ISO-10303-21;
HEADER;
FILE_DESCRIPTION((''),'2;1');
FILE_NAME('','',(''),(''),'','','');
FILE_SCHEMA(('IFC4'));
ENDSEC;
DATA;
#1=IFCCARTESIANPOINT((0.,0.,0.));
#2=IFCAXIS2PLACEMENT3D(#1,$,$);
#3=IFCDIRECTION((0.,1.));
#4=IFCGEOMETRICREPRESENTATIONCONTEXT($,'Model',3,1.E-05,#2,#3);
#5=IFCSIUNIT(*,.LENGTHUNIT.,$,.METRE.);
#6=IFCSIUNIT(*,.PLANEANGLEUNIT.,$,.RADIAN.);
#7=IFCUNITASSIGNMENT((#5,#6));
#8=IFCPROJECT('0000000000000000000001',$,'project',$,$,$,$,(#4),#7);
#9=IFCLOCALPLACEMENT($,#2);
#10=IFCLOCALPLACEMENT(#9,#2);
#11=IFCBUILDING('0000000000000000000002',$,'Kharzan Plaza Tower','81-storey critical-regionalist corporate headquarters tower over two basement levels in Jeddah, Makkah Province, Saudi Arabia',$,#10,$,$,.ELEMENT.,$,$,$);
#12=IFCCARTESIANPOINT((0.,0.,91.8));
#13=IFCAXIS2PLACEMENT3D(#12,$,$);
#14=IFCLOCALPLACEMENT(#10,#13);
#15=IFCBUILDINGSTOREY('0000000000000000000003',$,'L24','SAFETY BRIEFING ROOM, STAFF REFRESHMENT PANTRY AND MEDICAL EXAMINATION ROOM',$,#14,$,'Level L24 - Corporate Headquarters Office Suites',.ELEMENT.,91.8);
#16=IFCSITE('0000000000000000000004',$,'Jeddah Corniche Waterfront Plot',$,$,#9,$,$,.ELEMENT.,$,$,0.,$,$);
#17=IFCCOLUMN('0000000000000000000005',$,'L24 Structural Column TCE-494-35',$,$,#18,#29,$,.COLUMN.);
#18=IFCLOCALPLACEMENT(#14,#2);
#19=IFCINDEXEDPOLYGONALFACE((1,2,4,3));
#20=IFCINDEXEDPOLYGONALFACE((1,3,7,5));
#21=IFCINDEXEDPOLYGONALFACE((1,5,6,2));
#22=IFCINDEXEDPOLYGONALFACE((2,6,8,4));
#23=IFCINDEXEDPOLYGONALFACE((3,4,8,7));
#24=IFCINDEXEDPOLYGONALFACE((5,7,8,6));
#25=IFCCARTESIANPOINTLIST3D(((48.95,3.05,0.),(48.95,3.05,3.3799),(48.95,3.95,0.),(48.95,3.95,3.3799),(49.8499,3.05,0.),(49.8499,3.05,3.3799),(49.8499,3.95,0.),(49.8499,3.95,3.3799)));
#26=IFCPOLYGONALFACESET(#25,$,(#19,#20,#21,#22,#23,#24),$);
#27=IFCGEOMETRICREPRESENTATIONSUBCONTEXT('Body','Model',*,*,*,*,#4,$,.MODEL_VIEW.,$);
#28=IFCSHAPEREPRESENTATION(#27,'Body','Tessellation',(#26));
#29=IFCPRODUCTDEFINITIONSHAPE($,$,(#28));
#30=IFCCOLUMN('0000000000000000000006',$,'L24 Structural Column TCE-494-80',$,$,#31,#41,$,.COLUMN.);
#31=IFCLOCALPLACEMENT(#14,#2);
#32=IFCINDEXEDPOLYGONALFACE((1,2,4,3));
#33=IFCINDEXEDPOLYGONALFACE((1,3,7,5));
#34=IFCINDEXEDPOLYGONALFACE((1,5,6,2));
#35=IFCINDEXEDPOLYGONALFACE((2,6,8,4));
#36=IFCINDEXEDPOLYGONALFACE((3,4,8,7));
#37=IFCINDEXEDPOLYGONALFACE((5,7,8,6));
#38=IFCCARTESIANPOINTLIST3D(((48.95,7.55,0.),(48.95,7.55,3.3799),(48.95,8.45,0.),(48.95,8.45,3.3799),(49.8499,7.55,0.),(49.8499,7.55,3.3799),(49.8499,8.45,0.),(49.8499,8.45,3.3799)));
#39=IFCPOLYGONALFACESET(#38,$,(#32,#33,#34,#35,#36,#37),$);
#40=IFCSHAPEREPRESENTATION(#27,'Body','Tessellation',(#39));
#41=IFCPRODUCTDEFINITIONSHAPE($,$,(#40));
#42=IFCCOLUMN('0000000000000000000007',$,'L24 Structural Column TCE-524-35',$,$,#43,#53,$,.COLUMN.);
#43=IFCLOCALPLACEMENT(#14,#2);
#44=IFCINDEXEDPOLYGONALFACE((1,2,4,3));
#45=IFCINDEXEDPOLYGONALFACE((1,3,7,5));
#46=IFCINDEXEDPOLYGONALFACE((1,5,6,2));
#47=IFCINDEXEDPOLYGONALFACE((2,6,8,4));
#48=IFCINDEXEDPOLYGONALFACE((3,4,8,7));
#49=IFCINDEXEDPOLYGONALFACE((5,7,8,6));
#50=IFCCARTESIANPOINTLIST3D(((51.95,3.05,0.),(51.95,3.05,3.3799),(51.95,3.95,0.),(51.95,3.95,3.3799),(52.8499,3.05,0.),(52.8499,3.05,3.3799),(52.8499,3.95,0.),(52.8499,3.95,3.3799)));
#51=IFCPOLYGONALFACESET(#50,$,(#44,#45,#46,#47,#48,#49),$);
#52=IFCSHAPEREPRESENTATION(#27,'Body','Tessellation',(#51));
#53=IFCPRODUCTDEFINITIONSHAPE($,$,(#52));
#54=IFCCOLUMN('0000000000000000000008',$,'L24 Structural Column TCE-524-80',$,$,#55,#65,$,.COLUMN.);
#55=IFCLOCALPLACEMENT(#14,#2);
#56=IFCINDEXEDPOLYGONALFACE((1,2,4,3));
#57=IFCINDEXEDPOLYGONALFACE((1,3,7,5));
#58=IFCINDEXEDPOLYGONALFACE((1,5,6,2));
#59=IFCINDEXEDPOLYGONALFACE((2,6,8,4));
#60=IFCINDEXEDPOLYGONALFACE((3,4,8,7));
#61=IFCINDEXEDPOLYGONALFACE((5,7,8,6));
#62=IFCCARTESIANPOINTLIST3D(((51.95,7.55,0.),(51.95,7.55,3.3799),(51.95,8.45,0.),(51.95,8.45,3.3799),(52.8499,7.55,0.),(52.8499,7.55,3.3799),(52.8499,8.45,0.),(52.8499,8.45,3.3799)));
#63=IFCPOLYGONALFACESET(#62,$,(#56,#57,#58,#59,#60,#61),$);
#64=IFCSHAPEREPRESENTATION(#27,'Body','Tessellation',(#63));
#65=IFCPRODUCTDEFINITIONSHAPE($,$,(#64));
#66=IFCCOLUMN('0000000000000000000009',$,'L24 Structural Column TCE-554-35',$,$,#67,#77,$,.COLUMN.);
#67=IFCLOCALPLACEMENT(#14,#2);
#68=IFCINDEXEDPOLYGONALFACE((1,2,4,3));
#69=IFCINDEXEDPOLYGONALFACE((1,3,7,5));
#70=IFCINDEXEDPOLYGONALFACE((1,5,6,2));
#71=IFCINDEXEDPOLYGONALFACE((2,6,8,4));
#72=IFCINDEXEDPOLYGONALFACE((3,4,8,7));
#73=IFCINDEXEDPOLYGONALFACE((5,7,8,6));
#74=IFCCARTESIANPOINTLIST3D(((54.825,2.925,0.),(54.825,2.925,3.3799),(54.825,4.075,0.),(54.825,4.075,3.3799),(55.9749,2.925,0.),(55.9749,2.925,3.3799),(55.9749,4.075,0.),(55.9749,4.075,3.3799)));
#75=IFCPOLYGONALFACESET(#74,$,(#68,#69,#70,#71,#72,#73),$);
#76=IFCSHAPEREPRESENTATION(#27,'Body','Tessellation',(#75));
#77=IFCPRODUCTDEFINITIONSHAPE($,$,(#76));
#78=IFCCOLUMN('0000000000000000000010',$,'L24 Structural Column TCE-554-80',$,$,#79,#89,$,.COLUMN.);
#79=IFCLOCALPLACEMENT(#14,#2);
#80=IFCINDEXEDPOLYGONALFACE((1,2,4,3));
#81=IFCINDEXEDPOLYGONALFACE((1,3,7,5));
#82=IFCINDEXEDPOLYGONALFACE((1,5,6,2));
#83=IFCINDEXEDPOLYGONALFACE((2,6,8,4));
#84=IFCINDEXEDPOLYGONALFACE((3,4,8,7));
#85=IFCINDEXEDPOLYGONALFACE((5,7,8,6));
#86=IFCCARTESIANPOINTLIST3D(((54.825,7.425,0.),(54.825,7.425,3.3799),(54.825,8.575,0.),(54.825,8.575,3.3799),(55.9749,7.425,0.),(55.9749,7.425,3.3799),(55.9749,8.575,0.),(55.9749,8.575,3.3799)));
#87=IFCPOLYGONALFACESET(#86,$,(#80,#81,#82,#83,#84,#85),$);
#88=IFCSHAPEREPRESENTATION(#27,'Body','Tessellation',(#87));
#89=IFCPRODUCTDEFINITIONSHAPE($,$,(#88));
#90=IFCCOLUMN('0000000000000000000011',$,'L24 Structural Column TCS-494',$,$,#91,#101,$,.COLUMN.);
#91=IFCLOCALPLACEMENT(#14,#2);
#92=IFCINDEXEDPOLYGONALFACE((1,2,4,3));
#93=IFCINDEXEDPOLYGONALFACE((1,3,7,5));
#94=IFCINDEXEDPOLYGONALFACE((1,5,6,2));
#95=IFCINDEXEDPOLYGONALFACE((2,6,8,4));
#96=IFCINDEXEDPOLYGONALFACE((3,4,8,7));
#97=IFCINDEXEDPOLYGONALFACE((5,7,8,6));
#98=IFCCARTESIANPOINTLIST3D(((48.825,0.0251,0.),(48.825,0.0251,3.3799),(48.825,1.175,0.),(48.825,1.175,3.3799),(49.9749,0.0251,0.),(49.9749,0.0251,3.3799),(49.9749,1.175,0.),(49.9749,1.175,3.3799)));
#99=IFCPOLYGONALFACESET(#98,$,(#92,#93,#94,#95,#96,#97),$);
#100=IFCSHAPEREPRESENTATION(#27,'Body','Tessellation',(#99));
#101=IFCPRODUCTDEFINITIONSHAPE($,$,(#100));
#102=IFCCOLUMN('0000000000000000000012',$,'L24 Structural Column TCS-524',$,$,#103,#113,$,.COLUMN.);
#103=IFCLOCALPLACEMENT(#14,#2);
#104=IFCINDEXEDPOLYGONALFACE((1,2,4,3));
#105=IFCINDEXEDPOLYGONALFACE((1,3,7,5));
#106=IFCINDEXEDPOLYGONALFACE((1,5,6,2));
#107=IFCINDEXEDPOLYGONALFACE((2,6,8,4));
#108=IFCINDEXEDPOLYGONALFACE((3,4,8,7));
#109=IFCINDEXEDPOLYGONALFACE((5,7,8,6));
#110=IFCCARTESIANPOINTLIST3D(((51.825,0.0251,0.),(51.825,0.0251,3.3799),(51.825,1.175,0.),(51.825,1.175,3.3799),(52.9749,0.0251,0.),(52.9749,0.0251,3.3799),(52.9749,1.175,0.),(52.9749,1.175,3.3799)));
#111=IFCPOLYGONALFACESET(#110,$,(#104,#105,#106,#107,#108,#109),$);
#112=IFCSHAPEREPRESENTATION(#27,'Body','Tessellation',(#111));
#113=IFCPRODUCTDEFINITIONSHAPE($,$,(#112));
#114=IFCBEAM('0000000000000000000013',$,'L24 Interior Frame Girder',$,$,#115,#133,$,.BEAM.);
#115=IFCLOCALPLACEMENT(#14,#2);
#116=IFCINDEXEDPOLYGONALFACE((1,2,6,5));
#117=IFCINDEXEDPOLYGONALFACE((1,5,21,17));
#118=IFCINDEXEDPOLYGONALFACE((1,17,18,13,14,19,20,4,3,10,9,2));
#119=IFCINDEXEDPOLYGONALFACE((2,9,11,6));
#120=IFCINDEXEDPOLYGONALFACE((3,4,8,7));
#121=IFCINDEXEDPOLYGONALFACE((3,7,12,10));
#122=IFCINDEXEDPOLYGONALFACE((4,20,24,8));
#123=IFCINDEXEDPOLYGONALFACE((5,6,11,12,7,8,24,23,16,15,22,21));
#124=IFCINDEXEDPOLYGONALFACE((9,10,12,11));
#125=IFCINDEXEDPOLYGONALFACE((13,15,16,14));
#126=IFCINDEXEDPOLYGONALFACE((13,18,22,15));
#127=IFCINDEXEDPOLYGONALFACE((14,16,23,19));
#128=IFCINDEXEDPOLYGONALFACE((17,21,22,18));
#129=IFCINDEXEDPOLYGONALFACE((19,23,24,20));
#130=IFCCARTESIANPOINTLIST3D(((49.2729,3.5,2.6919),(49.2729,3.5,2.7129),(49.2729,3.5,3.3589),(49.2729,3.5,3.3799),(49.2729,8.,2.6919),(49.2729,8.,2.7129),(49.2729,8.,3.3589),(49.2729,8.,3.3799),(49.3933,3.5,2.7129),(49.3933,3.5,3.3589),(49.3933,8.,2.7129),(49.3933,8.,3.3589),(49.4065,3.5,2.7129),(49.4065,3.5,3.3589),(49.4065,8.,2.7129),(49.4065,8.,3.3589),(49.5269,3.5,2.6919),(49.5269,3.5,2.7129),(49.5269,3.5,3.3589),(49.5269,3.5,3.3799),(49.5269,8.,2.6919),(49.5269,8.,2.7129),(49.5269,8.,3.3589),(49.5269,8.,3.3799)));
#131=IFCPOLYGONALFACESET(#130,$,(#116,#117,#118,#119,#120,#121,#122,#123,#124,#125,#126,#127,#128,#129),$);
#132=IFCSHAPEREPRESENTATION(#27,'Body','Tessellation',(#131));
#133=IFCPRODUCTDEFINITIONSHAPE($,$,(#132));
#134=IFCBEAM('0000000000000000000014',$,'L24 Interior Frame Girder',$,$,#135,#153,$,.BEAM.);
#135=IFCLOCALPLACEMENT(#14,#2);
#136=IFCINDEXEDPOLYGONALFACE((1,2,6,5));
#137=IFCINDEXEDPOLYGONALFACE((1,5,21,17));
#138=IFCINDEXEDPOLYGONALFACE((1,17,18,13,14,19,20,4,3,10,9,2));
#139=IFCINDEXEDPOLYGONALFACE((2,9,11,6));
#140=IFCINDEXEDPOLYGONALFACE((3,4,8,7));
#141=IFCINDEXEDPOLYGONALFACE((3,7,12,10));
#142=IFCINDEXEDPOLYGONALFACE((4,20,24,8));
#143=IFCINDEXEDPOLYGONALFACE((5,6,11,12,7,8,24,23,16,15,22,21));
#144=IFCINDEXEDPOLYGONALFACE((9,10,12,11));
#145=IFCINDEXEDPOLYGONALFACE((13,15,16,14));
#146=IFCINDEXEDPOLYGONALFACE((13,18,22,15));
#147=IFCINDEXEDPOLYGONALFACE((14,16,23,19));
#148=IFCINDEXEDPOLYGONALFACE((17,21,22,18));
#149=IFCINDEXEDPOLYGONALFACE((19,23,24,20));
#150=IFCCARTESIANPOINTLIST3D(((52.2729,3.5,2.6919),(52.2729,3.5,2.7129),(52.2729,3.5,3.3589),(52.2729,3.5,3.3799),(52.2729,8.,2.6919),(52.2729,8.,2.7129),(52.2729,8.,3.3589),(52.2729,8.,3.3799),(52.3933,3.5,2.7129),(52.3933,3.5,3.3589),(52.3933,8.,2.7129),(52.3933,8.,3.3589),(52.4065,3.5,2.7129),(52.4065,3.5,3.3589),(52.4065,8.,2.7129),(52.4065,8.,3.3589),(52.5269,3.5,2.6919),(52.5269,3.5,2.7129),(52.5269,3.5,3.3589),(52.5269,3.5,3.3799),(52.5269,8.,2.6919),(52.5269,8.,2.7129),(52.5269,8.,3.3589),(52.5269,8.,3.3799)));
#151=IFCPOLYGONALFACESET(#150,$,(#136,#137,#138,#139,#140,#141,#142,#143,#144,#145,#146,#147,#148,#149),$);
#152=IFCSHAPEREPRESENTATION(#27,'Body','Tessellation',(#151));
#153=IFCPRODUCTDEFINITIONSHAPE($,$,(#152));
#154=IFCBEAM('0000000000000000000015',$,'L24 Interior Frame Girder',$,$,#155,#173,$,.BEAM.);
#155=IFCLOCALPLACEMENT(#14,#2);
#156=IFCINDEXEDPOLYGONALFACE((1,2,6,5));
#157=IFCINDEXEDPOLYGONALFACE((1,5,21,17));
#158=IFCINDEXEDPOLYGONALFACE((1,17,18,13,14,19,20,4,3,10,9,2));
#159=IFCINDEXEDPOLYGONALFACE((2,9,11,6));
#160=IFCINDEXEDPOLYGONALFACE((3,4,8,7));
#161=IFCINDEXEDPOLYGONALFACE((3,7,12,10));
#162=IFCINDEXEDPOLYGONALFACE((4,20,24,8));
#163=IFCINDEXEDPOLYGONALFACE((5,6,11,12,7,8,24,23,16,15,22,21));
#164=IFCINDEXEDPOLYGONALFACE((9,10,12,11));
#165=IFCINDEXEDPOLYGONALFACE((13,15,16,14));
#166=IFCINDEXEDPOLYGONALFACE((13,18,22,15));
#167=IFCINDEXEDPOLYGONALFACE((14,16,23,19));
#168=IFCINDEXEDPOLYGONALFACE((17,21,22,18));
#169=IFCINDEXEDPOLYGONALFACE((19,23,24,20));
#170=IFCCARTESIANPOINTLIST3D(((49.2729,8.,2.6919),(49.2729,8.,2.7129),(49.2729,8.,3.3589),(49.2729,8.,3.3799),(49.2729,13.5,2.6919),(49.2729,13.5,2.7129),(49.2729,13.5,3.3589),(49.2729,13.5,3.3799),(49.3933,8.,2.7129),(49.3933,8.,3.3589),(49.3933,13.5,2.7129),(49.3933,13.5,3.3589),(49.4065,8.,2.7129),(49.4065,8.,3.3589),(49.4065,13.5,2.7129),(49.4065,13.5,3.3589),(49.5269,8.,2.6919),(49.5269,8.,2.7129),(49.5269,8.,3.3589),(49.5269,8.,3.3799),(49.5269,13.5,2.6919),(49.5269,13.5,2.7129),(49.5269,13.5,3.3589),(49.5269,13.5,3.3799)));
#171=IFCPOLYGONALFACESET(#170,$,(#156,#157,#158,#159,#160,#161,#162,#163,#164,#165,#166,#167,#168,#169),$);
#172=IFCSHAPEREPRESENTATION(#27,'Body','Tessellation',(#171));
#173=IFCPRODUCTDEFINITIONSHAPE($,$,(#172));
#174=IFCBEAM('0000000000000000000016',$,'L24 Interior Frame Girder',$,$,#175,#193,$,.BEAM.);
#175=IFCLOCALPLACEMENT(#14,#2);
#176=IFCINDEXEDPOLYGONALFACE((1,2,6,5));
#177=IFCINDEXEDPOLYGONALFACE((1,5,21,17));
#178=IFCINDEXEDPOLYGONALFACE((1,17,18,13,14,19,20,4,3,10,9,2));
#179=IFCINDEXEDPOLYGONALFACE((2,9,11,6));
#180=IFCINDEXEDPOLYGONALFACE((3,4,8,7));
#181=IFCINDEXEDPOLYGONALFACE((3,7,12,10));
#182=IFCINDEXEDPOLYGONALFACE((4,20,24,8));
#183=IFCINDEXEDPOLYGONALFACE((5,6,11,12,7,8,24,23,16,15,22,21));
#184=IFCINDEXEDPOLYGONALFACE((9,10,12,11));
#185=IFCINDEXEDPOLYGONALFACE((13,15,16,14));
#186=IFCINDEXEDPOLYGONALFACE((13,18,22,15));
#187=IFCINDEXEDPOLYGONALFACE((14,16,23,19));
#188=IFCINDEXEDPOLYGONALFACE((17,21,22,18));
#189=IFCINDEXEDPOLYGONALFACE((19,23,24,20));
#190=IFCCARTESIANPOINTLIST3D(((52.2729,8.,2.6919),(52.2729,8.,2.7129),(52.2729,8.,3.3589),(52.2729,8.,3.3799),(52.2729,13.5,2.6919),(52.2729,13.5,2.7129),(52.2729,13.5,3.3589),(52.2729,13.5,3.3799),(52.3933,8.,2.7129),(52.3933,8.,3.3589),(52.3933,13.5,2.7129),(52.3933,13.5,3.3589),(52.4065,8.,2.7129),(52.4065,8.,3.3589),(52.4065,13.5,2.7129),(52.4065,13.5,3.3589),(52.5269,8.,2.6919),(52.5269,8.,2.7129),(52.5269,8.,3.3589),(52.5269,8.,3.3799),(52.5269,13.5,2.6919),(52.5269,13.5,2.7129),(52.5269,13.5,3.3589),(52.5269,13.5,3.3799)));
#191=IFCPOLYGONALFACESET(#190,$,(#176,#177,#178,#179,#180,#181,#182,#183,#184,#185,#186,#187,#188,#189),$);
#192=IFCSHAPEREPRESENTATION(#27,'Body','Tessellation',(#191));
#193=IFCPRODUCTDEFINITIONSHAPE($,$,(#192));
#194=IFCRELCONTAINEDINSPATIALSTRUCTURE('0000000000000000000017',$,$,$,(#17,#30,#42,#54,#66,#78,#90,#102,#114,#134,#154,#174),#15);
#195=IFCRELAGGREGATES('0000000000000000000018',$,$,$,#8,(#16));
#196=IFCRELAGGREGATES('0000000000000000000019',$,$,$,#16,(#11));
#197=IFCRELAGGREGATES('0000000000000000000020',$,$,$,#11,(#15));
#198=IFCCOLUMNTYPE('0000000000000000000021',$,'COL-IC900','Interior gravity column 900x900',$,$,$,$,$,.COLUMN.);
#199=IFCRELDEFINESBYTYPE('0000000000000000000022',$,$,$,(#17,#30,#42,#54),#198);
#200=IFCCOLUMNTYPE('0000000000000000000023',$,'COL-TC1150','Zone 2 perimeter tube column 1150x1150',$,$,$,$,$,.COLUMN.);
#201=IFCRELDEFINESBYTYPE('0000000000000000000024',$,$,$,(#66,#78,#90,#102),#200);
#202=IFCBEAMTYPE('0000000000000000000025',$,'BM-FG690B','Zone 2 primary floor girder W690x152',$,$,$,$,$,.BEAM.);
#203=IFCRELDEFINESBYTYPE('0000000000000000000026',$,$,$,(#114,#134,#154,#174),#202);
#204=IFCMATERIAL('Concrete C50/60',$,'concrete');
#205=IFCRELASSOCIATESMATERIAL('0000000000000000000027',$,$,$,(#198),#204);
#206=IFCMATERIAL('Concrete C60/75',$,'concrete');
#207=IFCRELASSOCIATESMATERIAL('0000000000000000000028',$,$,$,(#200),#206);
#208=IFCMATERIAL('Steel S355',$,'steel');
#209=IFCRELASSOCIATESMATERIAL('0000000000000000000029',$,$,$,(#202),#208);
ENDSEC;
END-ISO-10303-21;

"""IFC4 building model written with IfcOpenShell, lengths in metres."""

from ifc_helpers import new_model, si_unit, direction, frame, origin, origin_2d, place, context, subcontext, project, spatial, rectangle, i_section, extrude, source, transform, mapped, material, material_profile, profile_set, type_object, element, save


model = new_model("IFC4")

# Units and contexts
model_context = context("Model", 3, precision=1e-05, world=origin(), true_north=direction((0.0, 1.0)))
body_context = subcontext(model_context, "Body", "Model", "MODEL_VIEW")
ifc_project = project(units=[si_unit("LENGTHUNIT", "METRE"), si_unit("PLANEANGLEUNIT", "RADIAN")], contexts=[model_context])

# Site, building, storey
site_placement = place(None, origin())
site = spatial("IfcSite", under=ifc_project, at=site_placement, Name="Jeddah Corniche Waterfront Plot", CompositionType="ELEMENT", RefElevation=0.0)
building_placement = place(site_placement, origin())
building = spatial("IfcBuilding", under=site, at=building_placement, Name="Kharzan Plaza Tower", Description="81-storey critical-regionalist corporate headquarters tower over two basement levels in Jeddah, Makkah Province, Saudi Arabia", CompositionType="ELEMENT")
storey_placement = place(building_placement, frame((0.0, 0.0, 91.8)))
storey = spatial("IfcBuildingStorey", under=building, at=storey_placement, Name="L24", Description="SAFETY BRIEFING ROOM, STAFF REFRESHMENT PANTRY AND MEDICAL EXAMINATION ROOM", LongName="Level L24 - Corporate Headquarters Office Suites", CompositionType="ELEMENT", Elevation=91.8)

# Columns
ifc_material_1 = material(Name="Concrete C50/60", Category="concrete")
ifc_material_profile_1 = material_profile(ifc_material_1, rectangle(XDim=0.8999, YDim=0.8999, at=origin_2d()), Name="RC-IC900x900")
ifc_profile_set_1 = profile_set([ifc_material_profile_1], Name="Concrete C50/60")
column_type_1 = type_object("IfcColumnType", Name="COL-IC900", Description="Interior gravity column 900x900", PredefinedType="COLUMN", material=ifc_profile_set_1)
shared_shape_1 = source(origin(), body_context, "Body", "SweptSolid", [
    extrude(rectangle(XDim=0.8999, YDim=0.8999, at=origin_2d()), origin(), (0.0, 0.0, 1.0), 3.3799),
])
for number, where, z_axis, x_axis, name in (
    (1, (49.3999, 3.5, 0.0), (0.0, 0.0, 1.0), (1.0, 0.0, 0.0), "L24 Structural Column TCE-494-35"),
    (2, (49.3999, 8.0, 0.0), (0.0, 0.0, 1.0), (1.0, 0.0, 0.0), "L24 Structural Column TCE-494-80"),
    (3, (52.3999, 3.5, 0.0), (0.0, 0.0, 1.0), (1.0, 0.0, 0.0), "L24 Structural Column TCE-524-35"),
    (4, (52.3999, 8.0, 0.0), (0.0, 0.0, 1.0), (1.0, 0.0, 0.0), "L24 Structural Column TCE-524-80"),
):
    element("IfcColumn", number, at=place(storey_placement, frame(where, z_axis=z_axis, x_axis=x_axis)), inside=storey, type_object=column_type_1, Name=name, PredefinedType="COLUMN", context=body_context, shape_type="MappedRepresentation", body=[
        mapped(shared_shape_1, transform((0.0, 0.0, 0.0), x_axis=(1.0, 0.0, 0.0), y_axis=(0.0, 1.0, 0.0), z_axis=(0.0, 0.0, 1.0))),
    ])
ifc_material_2 = material(Name="Concrete C60/75", Category="concrete")
ifc_material_profile_2 = material_profile(ifc_material_2, rectangle(XDim=1.1499, YDim=1.1499, at=origin_2d()), Name="RC-TC1150x1150")
ifc_profile_set_2 = profile_set([ifc_material_profile_2], Name="Concrete C60/75")
column_type_2 = type_object("IfcColumnType", Name="COL-TC1150", Description="Zone 2 perimeter tube column 1150x1150", PredefinedType="COLUMN", material=ifc_profile_set_2)
shared_shape_2 = source(origin(), body_context, "Body", "SweptSolid", [
    extrude(rectangle(XDim=1.1499, YDim=1.1499, at=origin_2d()), origin(), (0.0, 0.0, 1.0), 3.3799),
])
for number, where, z_axis, x_axis, name in (
    (5, (55.3999, 3.5, 0.0), (0.0, 0.0, 1.0), (1.0, 0.0, 0.0), "L24 Structural Column TCE-554-35"),
    (6, (55.3999, 8.0, 0.0), (0.0, 0.0, 1.0), (1.0, 0.0, 0.0), "L24 Structural Column TCE-554-80"),
    (7, (49.3999, 0.6001, 0.0), (0.0, 0.0, 1.0), (1.0, 0.0, 0.0), "L24 Structural Column TCS-494"),
    (8, (52.3999, 0.6001, 0.0), (0.0, 0.0, 1.0), (1.0, 0.0, 0.0), "L24 Structural Column TCS-524"),
):
    element("IfcColumn", number, at=place(storey_placement, frame(where, z_axis=z_axis, x_axis=x_axis)), inside=storey, type_object=column_type_2, Name=name, PredefinedType="COLUMN", context=body_context, shape_type="MappedRepresentation", body=[
        mapped(shared_shape_2, transform((0.0, 0.0, 0.0), x_axis=(1.0, 0.0, 0.0), y_axis=(0.0, 1.0, 0.0), z_axis=(0.0, 0.0, 1.0))),
    ])

# Beams
ifc_material_3 = material(Name="Steel S355", Category="steel")
ifc_material_profile_3 = material_profile(ifc_material_3, i_section(OverallWidth=0.2539, OverallDepth=0.688, WebThickness=0.0132, FlangeThickness=0.021, at=origin_2d()), Name="W690x152")
ifc_profile_set_3 = profile_set([ifc_material_profile_3], Name="Steel S355")
beam_type_1 = type_object("IfcBeamType", Name="BM-FG690B", Description="Zone 2 primary floor girder W690x152", PredefinedType="BEAM", material=ifc_profile_set_3)
shared_shape_3 = source(origin(), body_context, "Body", "SweptSolid", [
    extrude(i_section(OverallWidth=0.2539, OverallDepth=0.688, WebThickness=0.0132, FlangeThickness=0.021, at=origin_2d()), origin(), (0.0, 0.0, 1.0), 4.5),
])
for number, where, z_axis, x_axis, name in (
    (9, (49.3999, 3.5, 3.0359), (0.0, 1.0, 0.0), (-1.0, 0.0, 0.0), "L24 Interior Frame Girder"),
    (10, (52.3999, 3.5, 3.0359), (0.0, 1.0, 0.0), (-1.0, 0.0, 0.0), "L24 Interior Frame Girder"),
):
    element("IfcBeam", number, at=place(storey_placement, frame(where, z_axis=z_axis, x_axis=x_axis)), inside=storey, type_object=beam_type_1, Name=name, PredefinedType="BEAM", context=body_context, shape_type="MappedRepresentation", body=[
        mapped(shared_shape_3, transform((0.0, 0.0, 0.0), x_axis=(1.0, 0.0, 0.0), y_axis=(0.0, 1.0, 0.0), z_axis=(0.0, 0.0, 1.0))),
    ])
shared_shape_4 = source(origin(), body_context, "Body", "SweptSolid", [
    extrude(i_section(OverallWidth=0.2539, OverallDepth=0.688, WebThickness=0.0132, FlangeThickness=0.021, at=origin_2d()), origin(), (0.0, 0.0, 1.0), 5.5),
])
for number, where, z_axis, x_axis, name in (
    (11, (49.3999, 8.0, 3.0359), (0.0, 1.0, 0.0), (-1.0, 0.0, 0.0), "L24 Interior Frame Girder"),
    (12, (52.3999, 8.0, 3.0359), (0.0, 1.0, 0.0), (-1.0, 0.0, 0.0), "L24 Interior Frame Girder"),
):
    element("IfcBeam", number, at=place(storey_placement, frame(where, z_axis=z_axis, x_axis=x_axis)), inside=storey, type_object=beam_type_1, Name=name, PredefinedType="BEAM", context=body_context, shape_type="MappedRepresentation", body=[
        mapped(shared_shape_4, transform((0.0, 0.0, 0.0), x_axis=(1.0, 0.0, 0.0), y_axis=(0.0, 1.0, 0.0), z_axis=(0.0, 0.0, 1.0))),
    ])

save(model, "model.ifc")
